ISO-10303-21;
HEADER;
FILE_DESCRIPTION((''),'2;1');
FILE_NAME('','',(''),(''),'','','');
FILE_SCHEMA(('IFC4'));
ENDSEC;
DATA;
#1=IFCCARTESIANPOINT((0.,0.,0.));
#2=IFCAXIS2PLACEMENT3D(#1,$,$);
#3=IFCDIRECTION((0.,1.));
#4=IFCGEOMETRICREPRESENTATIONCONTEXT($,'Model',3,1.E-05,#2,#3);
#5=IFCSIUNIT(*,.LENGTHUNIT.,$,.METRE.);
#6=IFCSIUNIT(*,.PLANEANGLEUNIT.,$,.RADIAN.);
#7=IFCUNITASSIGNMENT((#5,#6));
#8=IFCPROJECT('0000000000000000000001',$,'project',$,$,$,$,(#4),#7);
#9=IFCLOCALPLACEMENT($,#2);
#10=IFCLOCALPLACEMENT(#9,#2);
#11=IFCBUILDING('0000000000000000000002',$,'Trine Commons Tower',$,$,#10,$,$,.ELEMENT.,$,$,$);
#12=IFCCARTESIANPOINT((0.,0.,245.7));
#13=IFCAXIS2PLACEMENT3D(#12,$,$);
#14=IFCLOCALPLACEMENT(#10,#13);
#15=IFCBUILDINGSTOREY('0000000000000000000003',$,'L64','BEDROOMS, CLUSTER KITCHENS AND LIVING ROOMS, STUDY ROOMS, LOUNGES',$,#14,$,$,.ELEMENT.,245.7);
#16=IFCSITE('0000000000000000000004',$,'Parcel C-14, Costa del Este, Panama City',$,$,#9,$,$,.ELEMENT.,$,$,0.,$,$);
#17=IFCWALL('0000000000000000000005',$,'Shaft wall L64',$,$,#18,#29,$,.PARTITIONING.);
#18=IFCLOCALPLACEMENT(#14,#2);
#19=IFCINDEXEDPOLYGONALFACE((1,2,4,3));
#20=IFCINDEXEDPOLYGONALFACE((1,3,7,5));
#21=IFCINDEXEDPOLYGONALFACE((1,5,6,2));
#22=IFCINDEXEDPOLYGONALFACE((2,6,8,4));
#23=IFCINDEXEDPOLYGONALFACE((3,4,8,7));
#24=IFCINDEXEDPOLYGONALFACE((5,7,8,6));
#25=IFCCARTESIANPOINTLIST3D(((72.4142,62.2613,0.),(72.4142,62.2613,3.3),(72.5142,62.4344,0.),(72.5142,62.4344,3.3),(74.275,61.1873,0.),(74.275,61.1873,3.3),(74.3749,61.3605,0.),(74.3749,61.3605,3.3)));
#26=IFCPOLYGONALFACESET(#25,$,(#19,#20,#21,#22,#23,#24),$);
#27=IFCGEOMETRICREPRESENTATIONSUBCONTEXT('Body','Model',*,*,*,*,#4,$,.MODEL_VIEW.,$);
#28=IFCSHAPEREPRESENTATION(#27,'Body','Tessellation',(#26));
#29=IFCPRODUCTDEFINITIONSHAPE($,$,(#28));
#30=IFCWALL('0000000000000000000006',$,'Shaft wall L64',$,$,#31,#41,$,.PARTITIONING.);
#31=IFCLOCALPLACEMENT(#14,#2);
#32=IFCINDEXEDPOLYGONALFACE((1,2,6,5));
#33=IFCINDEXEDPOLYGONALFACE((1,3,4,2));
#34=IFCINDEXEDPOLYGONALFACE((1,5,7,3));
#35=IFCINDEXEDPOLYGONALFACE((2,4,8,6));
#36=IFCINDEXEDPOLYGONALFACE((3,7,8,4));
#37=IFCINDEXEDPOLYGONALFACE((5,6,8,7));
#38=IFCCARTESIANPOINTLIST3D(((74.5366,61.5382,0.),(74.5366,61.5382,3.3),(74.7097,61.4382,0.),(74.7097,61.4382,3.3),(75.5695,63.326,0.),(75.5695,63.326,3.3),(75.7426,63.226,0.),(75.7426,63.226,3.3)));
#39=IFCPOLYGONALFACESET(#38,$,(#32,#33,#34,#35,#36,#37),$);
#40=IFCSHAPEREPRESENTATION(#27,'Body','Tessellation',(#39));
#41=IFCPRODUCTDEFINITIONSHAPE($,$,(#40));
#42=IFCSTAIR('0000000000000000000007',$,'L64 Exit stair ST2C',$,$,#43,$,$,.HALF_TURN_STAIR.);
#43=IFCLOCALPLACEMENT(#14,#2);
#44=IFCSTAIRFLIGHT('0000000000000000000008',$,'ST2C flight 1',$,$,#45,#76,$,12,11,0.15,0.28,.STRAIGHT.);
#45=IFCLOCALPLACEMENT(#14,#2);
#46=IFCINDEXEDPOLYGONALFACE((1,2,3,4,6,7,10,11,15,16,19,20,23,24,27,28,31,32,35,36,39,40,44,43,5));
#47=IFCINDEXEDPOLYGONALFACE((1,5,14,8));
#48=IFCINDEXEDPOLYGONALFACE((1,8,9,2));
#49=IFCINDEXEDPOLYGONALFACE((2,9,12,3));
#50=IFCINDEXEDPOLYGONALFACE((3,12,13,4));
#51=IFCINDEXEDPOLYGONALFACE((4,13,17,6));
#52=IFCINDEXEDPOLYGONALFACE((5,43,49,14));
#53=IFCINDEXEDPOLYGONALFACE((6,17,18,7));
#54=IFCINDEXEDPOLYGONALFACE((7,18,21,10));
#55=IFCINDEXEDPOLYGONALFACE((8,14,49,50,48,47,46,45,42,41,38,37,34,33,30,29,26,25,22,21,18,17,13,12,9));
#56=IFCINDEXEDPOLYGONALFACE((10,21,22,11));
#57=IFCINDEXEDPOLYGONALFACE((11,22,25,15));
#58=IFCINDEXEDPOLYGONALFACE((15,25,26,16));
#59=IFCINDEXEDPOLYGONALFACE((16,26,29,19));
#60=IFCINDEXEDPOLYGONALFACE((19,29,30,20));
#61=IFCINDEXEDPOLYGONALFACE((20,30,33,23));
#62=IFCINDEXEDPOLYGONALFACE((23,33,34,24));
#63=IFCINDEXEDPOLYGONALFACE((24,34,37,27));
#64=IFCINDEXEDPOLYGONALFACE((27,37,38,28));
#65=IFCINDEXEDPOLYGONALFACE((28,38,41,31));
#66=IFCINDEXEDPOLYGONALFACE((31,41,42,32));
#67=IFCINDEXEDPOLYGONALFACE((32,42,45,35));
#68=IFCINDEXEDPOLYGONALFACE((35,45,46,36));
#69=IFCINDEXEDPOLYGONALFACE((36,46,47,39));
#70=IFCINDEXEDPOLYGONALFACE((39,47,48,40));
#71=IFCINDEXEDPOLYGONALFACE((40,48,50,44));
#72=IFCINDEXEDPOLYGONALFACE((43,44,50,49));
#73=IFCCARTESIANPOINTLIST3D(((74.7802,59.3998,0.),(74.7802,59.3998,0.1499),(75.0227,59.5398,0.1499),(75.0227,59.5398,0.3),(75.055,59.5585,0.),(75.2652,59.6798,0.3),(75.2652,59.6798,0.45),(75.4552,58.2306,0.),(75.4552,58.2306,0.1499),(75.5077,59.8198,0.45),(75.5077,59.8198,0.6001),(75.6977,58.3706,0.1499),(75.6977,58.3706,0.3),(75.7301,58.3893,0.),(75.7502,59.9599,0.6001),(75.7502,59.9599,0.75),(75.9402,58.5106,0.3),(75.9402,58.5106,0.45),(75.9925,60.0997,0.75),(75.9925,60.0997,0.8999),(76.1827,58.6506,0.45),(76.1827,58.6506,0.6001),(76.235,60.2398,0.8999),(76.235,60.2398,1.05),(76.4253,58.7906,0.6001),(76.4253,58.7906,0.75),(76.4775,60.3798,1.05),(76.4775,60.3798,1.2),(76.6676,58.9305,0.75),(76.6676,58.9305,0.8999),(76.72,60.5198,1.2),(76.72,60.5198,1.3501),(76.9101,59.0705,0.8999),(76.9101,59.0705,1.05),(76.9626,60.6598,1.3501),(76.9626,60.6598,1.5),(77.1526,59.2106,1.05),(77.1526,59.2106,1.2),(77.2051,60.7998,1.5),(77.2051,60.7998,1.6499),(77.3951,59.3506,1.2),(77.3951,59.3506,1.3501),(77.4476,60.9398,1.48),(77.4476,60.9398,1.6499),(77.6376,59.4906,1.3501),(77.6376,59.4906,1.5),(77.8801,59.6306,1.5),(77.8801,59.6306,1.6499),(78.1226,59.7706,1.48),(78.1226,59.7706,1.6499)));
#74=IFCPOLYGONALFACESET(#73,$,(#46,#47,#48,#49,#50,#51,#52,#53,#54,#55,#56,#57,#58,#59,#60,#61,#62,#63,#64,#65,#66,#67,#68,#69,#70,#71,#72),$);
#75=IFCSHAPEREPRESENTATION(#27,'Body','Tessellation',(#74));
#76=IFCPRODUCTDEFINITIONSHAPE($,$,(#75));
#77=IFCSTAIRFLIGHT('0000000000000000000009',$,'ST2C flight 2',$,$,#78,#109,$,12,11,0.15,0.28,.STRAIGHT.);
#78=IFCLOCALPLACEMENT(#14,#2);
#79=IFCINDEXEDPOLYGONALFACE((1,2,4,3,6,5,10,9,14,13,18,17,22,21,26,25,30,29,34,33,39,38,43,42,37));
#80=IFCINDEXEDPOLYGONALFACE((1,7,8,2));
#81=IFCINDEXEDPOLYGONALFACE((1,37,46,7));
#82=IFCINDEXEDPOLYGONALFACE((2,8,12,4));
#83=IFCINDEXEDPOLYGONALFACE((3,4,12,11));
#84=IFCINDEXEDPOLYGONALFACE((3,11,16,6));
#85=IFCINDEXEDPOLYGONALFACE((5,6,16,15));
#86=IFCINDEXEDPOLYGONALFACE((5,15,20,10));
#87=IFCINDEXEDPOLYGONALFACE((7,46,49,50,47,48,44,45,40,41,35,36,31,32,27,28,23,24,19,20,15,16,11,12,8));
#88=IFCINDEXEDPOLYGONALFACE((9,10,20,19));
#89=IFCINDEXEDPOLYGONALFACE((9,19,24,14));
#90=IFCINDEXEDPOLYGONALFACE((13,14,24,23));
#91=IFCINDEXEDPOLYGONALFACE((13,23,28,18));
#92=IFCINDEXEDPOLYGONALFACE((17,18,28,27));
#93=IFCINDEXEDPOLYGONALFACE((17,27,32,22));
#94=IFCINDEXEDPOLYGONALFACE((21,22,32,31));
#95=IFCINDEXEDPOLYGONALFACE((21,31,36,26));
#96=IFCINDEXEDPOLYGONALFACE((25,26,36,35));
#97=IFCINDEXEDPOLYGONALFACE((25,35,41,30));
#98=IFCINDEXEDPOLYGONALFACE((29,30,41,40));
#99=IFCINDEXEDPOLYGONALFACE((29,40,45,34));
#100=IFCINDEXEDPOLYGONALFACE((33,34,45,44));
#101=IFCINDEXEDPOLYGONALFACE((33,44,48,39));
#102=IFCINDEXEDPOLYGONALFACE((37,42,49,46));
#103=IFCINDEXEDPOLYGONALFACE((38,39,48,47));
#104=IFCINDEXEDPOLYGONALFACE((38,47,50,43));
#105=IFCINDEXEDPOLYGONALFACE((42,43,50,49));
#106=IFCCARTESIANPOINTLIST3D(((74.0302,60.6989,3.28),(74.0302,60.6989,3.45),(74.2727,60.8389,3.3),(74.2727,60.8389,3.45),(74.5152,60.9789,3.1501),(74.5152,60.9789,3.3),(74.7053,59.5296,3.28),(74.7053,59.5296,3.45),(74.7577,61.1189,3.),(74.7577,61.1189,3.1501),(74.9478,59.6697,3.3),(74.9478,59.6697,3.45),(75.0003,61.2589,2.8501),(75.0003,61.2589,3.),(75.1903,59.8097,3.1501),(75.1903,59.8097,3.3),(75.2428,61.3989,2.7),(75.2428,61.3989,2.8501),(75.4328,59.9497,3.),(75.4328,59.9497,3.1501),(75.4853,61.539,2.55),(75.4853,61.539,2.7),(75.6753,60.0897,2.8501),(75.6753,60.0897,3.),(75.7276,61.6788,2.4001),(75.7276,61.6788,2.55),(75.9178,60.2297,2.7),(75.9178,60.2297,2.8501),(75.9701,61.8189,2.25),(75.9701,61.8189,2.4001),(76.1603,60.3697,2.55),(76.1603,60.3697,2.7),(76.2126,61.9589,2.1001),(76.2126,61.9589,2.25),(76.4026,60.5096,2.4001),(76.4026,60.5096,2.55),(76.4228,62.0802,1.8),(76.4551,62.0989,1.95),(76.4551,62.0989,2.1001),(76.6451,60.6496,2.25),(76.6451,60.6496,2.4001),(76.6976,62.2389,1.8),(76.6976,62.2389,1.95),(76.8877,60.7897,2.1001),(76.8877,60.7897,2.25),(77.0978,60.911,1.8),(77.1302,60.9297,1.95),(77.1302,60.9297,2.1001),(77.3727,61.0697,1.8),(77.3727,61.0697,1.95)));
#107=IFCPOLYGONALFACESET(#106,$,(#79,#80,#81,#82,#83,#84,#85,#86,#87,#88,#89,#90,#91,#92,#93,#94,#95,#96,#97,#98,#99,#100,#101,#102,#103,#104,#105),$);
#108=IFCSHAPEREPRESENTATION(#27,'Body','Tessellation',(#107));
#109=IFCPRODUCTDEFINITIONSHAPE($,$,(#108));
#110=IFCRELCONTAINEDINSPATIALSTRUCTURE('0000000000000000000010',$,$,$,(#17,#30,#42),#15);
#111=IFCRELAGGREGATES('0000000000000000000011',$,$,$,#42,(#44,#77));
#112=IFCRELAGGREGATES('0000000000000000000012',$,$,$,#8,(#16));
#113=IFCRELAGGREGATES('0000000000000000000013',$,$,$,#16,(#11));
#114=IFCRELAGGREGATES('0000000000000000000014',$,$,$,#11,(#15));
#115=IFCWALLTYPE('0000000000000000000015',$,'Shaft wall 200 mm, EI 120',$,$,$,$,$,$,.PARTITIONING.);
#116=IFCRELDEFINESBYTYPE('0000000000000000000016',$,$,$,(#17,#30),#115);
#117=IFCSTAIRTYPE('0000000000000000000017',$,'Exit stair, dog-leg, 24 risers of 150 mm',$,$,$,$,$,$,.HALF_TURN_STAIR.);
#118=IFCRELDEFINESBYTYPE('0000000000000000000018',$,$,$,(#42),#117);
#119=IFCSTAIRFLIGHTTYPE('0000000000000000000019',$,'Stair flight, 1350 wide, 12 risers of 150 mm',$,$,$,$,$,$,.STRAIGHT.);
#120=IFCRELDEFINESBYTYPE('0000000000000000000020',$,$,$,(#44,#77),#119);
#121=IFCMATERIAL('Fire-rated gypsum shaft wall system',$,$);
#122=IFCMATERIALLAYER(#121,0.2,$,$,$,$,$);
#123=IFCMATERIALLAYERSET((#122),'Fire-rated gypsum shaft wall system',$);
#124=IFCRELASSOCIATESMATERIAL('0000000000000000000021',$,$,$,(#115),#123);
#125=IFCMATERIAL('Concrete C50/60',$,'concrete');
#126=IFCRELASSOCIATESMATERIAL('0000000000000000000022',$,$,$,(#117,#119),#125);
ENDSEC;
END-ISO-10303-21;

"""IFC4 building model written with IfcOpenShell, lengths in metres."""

from ifc_helpers import new_model, si_unit, direction, frame, frame_2d, origin, place, context, subcontext, project, spatial, polyline, rectangle, outline, extrude, material, layer, layer_set, type_object, element, aggregate, save


model = new_model("IFC4")

# Units and contexts
model_context = context("Model", 3, precision=1e-05, world=origin(), true_north=direction((0.0, 1.0)))
body_context = subcontext(model_context, "Body", "Model", "MODEL_VIEW")
ifc_project = project(units=[si_unit("LENGTHUNIT", "METRE"), si_unit("PLANEANGLEUNIT", "RADIAN")], contexts=[model_context])

# Site, building, storey
site_placement = place(None, origin())
site = spatial("IfcSite", under=ifc_project, at=site_placement, Name="Parcel C-14, Costa del Este, Panama City", CompositionType="ELEMENT", RefElevation=0.0)
building_placement = place(site_placement, origin())
building = spatial("IfcBuilding", under=site, at=building_placement, Name="Trine Commons Tower", CompositionType="ELEMENT")
storey_placement = place(building_placement, frame((0.0, 0.0, 245.7)))
storey = spatial("IfcBuildingStorey", under=building, at=storey_placement, Name="L64", Description="BEDROOMS, CLUSTER KITCHENS AND LIVING ROOMS, STUDY ROOMS, LOUNGES", CompositionType="ELEMENT", Elevation=245.7)

# Shared definitions
ifc_material_1 = material(Name="Fire-rated gypsum shaft wall system")
ifc_material_2 = material(Name="Concrete C50/60", Category="concrete")

# Walls
ifc_layer_1 = layer(ifc_material_1, 0.2)
ifc_layer_set_1 = layer_set([ifc_layer_1], Name="Fire-rated gypsum shaft wall system")
wall_type_1 = type_object("IfcWallType", Name="Shaft wall 200 mm, EI 120", PredefinedType="PARTITIONING", material=ifc_layer_set_1)
wall_1_placement = place(storey_placement, frame((74.325, 61.2739, 0.0), z_axis=(0.0, 0.0, 1.0), x_axis=(-0.866102, 0.499867, 0.0)))
element("IfcWall", 1, at=wall_1_placement, inside=storey, type_object=wall_type_1, Name="Shaft wall L64", PredefinedType="PARTITIONING", context=body_context, shape_type="SweptSolid", body=[
    extrude(rectangle(XDim=2.1484, YDim=0.2, at=frame_2d((1.0742, 0.0))), origin(), (0.0, 0.0, 1.0), 3.3),
])
wall_2_placement = place(storey_placement, frame((75.656, 63.2759, 0.0), z_axis=(0.0, 0.0, 1.0), x_axis=(-0.500272, -0.865868, 0.0)))
element("IfcWall", 2, at=wall_2_placement, inside=storey, type_object=wall_type_1, Name="Shaft wall L64", PredefinedType="PARTITIONING", context=body_context, shape_type="SweptSolid", body=[
    extrude(rectangle(XDim=2.0647, YDim=0.2, at=frame_2d((1.0322, 0.0))), origin(), (0.0, 0.0, 1.0), 3.3),
])

# Stair, stair flights
stair_type = type_object("IfcStairType", Name="Exit stair, dog-leg, 24 risers of 150 mm", PredefinedType="HALF_TURN_STAIR", material=ifc_material_2)
stair_placement = place(storey_placement, origin())
stair = element("IfcStair", 3, at=stair_placement, inside=storey, type_object=stair_type, Name="L64 Exit stair ST2C", PredefinedType="HALF_TURN_STAIR")
stair_flight_type = type_object("IfcStairFlightType", Name="Stair flight, 1350 wide, 12 risers of 150 mm", PredefinedType="STRAIGHT", material=ifc_material_2)
stair_flight_1_placement = place(storey_placement, frame((75.1177, 58.8152, 0.0), z_axis=(0.0, 0.0, 1.0), x_axis=(0.866025, 0.5, 0.0)))
stair_flight_1 = element("IfcStairFlight", 4, at=stair_flight_1_placement, type_object=stair_flight_type, Name="ST2C flight 1", NumberOfRisers=12, NumberOfTreads=11, PredefinedType="STRAIGHT", RiserHeight=0.15, TreadLength=0.28, context=body_context, shape_type="SweptSolid", body=[
    extrude(outline(polyline([(0.0, 0.0), (0.0, 0.1499), (0.28, 0.1499), (0.28, 0.3), (0.5601, 0.3), (0.5601, 0.45), (0.8401, 0.45), (0.8401, 0.6001), (1.1201, 0.6001), (1.1201, 0.75), (1.3999, 0.75), (1.3999, 0.8999), (1.6799, 0.8999), (1.6799, 1.05), (1.96, 1.05), (1.96, 1.2), (2.24, 1.2), (2.24, 1.3501), (2.52, 1.3501), (2.52, 1.5), (2.8, 1.5), (2.8, 1.6499), (3.0801, 1.6499), (3.0801, 1.8), (3.0801, 1.48), (0.3174, 0.0), (0.0, 0.0)])), frame((0.0, 0.675, 0.0), z_axis=(0.0, -1.0, 0.0), x_axis=(1.0, 0.0, 0.0)), (0.0, 0.0, 1.0), 1.3501),
])
stair_flight_2_placement = place(storey_placement, frame((77.0352, 61.6543, 1.8), z_axis=(0.0, 0.0, 1.0), x_axis=(-0.866025, -0.5, 0.0)))
stair_flight_2 = element("IfcStairFlight", 5, at=stair_flight_2_placement, type_object=stair_flight_type, Name="ST2C flight 2", NumberOfRisers=12, NumberOfTreads=11, PredefinedType="STRAIGHT", RiserHeight=0.15, TreadLength=0.28, context=body_context, shape_type="SweptSolid", body=[
    extrude(outline(polyline([(0.0, 0.0), (0.0, 0.1499), (0.28, 0.1499), (0.28, 0.3), (0.5601, 0.3), (0.5601, 0.45), (0.8401, 0.45), (0.8401, 0.6001), (1.1201, 0.6001), (1.1201, 0.75), (1.3999, 0.75), (1.3999, 0.8999), (1.6799, 0.8999), (1.6799, 1.05), (1.96, 1.05), (1.96, 1.2), (2.24, 1.2), (2.24, 1.3501), (2.52, 1.3501), (2.52, 1.5), (2.8, 1.5), (2.8, 1.6499), (3.0801, 1.6499), (3.0801, 1.8), (3.0801, 1.48), (0.3174, 0.0), (0.0, 0.0)])), frame((0.0, 0.675, 0.0), z_axis=(0.0, -1.0, 0.0), x_axis=(1.0, 0.0, 0.0)), (0.0, 0.0, 1.0), 1.3501),
])
aggregate(stair, [stair_flight_1, stair_flight_2])

save(model, "model.ifc")
